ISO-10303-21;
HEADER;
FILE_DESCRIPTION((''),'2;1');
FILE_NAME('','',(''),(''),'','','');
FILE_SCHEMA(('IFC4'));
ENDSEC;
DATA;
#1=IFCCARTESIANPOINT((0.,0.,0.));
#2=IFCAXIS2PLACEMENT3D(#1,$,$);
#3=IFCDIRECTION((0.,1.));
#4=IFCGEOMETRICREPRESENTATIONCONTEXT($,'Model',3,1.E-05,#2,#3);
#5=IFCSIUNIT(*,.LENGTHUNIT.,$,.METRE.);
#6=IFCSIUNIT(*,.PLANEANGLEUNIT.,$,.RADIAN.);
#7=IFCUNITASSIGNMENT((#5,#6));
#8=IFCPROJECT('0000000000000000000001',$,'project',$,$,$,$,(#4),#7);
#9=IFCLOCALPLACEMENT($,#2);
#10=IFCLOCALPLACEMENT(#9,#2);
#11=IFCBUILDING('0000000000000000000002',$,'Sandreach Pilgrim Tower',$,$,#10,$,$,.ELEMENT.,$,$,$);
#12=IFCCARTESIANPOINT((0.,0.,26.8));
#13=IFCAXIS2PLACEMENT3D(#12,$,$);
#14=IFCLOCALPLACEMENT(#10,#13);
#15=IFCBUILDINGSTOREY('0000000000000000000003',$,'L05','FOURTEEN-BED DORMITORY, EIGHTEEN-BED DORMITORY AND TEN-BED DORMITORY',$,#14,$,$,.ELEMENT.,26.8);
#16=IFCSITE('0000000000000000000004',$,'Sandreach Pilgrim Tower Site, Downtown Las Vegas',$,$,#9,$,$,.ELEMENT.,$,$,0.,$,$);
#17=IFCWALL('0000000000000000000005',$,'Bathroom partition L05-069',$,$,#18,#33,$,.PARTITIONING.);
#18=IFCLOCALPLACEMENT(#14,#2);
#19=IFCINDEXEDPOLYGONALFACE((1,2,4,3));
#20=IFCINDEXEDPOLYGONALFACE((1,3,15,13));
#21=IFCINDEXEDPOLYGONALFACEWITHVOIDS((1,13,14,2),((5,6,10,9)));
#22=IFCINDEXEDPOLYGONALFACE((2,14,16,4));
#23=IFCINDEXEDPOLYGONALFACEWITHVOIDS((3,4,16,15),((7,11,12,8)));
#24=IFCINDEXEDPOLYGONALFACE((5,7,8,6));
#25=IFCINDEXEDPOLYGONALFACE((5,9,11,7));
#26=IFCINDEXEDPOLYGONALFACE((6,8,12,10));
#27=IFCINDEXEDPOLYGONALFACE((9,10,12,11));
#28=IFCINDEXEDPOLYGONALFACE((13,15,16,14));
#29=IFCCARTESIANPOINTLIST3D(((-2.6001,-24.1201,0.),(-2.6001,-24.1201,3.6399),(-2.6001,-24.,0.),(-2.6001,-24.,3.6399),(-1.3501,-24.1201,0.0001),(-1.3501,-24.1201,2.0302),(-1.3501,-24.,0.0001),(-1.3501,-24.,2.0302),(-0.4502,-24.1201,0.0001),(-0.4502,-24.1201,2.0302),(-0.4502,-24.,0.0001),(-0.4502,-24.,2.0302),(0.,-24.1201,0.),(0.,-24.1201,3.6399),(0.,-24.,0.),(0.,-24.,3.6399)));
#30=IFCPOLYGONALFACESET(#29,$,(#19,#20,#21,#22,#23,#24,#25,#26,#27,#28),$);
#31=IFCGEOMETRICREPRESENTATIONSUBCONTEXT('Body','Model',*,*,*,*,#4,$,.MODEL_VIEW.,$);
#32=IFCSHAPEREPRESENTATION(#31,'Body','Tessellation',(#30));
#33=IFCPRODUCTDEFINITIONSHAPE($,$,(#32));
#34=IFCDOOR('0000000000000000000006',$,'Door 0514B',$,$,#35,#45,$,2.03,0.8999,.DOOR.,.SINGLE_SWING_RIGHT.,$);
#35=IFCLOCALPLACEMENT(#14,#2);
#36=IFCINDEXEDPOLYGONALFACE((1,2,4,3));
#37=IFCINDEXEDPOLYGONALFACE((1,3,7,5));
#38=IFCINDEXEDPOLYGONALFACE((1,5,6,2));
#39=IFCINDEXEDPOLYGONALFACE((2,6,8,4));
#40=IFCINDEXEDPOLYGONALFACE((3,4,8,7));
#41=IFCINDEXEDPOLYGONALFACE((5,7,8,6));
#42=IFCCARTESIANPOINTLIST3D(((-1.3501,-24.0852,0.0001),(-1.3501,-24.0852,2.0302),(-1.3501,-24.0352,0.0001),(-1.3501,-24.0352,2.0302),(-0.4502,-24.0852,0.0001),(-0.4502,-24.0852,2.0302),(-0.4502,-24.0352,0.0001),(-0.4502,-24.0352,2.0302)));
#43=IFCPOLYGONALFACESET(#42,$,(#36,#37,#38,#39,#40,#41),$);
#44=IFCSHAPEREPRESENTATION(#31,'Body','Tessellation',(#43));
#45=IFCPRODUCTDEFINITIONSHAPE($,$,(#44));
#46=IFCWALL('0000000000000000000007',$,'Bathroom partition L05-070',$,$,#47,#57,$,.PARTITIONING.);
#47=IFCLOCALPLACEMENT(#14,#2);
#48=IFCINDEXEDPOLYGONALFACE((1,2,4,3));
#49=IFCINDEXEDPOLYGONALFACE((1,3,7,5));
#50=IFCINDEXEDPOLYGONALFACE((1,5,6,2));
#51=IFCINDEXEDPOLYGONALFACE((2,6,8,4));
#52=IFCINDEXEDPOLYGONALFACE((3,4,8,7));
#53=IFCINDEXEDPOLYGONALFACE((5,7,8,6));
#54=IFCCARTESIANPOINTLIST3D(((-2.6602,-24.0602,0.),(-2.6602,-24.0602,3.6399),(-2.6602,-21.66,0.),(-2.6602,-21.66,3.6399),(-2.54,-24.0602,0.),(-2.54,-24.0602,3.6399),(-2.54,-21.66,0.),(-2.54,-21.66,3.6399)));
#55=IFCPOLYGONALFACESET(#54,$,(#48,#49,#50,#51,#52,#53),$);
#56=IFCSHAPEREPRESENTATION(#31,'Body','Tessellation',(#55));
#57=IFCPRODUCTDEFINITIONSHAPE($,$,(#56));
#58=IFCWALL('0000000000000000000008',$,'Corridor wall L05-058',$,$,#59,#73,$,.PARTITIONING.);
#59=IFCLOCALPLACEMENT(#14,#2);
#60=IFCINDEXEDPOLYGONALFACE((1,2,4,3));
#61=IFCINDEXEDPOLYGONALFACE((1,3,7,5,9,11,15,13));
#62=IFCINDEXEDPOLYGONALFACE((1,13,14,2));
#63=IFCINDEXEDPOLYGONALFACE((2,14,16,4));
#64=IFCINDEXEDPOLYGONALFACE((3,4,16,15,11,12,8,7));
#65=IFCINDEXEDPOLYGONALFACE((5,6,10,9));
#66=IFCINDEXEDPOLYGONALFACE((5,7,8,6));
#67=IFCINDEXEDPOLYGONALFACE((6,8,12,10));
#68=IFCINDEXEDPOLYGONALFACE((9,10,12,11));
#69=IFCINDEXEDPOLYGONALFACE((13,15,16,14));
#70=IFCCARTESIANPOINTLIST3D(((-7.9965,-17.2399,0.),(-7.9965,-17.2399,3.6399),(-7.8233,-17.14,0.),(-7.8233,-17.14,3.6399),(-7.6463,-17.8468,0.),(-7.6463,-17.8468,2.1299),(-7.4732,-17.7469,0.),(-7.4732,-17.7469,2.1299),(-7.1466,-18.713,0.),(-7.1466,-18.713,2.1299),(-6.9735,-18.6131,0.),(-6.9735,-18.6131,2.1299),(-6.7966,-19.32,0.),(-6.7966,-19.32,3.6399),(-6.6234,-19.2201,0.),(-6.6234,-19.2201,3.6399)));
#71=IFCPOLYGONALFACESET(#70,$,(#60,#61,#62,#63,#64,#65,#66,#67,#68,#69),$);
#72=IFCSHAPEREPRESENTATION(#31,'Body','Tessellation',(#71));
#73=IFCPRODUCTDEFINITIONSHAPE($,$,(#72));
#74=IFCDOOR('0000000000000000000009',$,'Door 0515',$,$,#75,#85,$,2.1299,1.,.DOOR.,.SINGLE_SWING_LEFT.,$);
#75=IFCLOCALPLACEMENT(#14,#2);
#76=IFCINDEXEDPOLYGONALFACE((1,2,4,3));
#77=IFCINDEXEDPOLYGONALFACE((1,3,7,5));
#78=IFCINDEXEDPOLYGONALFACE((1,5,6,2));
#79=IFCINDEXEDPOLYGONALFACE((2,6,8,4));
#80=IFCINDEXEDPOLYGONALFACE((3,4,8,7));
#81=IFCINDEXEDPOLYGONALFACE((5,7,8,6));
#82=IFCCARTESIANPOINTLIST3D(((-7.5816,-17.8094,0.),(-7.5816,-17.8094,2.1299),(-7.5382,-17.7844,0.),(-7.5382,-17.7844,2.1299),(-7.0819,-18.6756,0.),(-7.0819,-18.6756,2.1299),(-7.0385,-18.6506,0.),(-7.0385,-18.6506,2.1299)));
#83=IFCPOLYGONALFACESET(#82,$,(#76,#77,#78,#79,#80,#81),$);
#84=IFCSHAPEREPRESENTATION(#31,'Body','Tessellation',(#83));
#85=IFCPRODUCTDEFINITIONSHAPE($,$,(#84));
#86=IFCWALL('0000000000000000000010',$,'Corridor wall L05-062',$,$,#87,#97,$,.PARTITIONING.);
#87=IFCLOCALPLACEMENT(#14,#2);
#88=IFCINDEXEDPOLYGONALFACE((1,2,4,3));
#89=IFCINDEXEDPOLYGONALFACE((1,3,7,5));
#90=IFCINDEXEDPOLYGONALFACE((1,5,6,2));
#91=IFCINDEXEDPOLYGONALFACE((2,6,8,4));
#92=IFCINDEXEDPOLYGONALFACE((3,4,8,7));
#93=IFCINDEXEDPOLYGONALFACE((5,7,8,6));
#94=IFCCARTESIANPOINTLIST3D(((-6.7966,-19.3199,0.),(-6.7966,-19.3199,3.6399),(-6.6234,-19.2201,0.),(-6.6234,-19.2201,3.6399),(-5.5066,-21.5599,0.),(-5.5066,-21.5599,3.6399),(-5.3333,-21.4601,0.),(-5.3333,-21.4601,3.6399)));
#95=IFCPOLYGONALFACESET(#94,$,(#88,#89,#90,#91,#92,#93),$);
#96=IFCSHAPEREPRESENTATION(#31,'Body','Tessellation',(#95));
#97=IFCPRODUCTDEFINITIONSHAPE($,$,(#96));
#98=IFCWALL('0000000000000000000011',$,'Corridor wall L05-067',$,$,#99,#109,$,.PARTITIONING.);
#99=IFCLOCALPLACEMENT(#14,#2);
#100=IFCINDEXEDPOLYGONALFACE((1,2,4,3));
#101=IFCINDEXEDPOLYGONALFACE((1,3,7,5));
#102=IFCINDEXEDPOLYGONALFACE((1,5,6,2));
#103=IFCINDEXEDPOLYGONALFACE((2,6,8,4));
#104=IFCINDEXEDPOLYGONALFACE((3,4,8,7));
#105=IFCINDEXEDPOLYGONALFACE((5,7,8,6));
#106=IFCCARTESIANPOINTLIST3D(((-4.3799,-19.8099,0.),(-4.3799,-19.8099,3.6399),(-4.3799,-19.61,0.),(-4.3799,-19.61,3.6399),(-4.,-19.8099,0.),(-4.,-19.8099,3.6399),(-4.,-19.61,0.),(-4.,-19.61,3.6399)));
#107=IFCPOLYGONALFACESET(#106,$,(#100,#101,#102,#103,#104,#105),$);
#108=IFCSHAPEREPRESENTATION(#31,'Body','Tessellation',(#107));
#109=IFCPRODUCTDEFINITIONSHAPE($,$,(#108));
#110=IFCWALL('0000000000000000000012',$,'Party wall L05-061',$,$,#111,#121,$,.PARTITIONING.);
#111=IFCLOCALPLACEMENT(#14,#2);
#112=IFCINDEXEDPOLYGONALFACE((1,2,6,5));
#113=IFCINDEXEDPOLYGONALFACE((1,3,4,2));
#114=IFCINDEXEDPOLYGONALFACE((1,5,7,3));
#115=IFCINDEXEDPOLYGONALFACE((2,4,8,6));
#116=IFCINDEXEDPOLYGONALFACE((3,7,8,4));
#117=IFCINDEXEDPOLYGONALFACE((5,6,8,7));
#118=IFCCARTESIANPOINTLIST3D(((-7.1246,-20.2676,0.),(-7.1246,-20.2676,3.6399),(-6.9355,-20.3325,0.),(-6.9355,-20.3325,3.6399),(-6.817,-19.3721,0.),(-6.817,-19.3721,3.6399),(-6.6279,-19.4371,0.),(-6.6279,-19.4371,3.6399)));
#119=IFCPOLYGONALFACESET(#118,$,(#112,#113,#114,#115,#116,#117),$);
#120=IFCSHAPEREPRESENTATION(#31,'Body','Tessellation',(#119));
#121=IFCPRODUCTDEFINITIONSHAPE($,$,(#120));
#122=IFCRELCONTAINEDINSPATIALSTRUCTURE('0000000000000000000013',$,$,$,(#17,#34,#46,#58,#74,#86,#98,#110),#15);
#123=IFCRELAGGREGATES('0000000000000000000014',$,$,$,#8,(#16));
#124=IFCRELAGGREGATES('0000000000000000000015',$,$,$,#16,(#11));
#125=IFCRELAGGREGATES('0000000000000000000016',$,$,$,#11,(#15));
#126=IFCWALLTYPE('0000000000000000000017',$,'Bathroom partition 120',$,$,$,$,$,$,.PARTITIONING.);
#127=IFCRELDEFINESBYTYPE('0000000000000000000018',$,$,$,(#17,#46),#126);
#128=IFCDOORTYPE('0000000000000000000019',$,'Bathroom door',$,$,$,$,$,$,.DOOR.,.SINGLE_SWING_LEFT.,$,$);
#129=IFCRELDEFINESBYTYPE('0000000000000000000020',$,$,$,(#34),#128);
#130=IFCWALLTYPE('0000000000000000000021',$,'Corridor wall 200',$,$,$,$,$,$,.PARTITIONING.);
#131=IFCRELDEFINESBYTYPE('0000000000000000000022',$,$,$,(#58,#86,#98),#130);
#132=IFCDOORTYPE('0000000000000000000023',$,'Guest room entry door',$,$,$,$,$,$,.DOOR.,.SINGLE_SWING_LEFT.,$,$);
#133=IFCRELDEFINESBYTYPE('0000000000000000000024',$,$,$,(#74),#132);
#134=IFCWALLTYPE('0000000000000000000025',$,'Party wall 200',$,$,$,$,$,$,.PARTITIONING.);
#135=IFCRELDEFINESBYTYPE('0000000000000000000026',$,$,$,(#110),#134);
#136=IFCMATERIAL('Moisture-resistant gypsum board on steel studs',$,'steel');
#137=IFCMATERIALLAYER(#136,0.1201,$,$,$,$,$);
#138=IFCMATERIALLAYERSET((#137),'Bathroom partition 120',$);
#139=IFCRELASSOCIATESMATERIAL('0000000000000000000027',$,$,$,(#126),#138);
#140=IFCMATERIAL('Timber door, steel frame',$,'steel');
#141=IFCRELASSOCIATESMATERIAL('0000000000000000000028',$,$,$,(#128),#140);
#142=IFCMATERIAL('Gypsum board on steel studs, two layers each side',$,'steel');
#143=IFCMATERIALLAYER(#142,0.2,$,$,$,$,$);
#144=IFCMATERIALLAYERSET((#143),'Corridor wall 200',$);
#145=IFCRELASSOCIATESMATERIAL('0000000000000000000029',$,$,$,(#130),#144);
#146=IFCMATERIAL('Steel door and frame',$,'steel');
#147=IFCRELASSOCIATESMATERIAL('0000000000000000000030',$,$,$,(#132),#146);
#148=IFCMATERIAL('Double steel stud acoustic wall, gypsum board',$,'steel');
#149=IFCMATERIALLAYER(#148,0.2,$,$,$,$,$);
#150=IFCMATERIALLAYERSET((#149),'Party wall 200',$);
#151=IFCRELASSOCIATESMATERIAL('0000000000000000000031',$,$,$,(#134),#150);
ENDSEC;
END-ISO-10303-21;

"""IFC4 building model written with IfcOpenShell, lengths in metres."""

from ifc_helpers import new_model, si_unit, direction, frame, frame_2d, origin, place, context, subcontext, project, spatial, rectangle, extrude, material, layer, layer_set, type_object, element, fill, save


model = new_model("IFC4")

# Units and contexts
model_context = context("Model", 3, precision=1e-05, world=origin(), true_north=direction((0.0, 1.0)))
body_context = subcontext(model_context, "Body", "Model", "MODEL_VIEW")
ifc_project = project(units=[si_unit("LENGTHUNIT", "METRE"), si_unit("PLANEANGLEUNIT", "RADIAN")], contexts=[model_context])

# Site, building, storey
site_placement = place(None, origin())
site = spatial("IfcSite", under=ifc_project, at=site_placement, Name="Sandreach Pilgrim Tower Site, Downtown Las Vegas", CompositionType="ELEMENT", RefElevation=0.0)
building_placement = place(site_placement, origin())
building = spatial("IfcBuilding", under=site, at=building_placement, Name="Sandreach Pilgrim Tower", CompositionType="ELEMENT")
storey_placement = place(building_placement, frame((0.0, 0.0, 26.8)))
storey = spatial("IfcBuildingStorey", under=building, at=storey_placement, Name="L05", Description="FOURTEEN-BED DORMITORY, EIGHTEEN-BED DORMITORY AND TEN-BED DORMITORY", CompositionType="ELEMENT", Elevation=26.8)

# Shared definitions
ifc_material_1 = material(Name="Moisture-resistant gypsum board on steel studs", Category="steel")
ifc_layer_1 = layer(ifc_material_1, 0.1201)
ifc_layer_set_1 = layer_set([ifc_layer_1], Name="Bathroom partition 120")
wall_type_1 = type_object("IfcWallType", Name="Bathroom partition 120", PredefinedType="PARTITIONING", material=ifc_layer_set_1)

# Wall, opening, door
ifc_material_2 = material(Name="Timber door, steel frame", Category="steel")
door_type_1 = type_object("IfcDoorType", Name="Bathroom door", OperationType="SINGLE_SWING_LEFT", PredefinedType="DOOR", material=ifc_material_2)
wall_1_placement = place(storey_placement, frame((-2.6001, -24.0601, 0.0), z_axis=(0.0, 0.0, 1.0), x_axis=(1.0, 0.0, 0.0)))
wall_1 = element("IfcWall", 1, at=wall_1_placement, inside=storey, type_object=wall_type_1, Name="Bathroom partition L05-069", PredefinedType="PARTITIONING", context=body_context, shape_type="SweptSolid", body=[
    extrude(rectangle(XDim=2.6001, YDim=0.1201, at=frame_2d((1.3, 0.0))), origin(), (0.0, 0.0, 1.0), 3.6399),
])
opening_1_placement = place(wall_1_placement, frame((1.25, 0.0, 0.0)))
opening_1 = element("IfcOpeningElement", 2, at=opening_1_placement, cuts=wall_1, PredefinedType="OPENING", context=body_context, shape_type="SweptSolid", body=[
    extrude(rectangle(XDim=0.8999, YDim=2.03, at=frame_2d((0.45, 1.0151))), frame((0.0, 0.0601, 0.0), z_axis=(0.0, -1.0, 0.0), x_axis=(1.0, 0.0, 0.0)), (0.0, 0.0, 1.0), 0.1201),
])
door_1_placement = place(opening_1_placement, origin())
door_1 = element("IfcDoor", 3, at=door_1_placement, inside=storey, type_object=door_type_1, Name="Door 0514B", OperationType="SINGLE_SWING_RIGHT", OverallHeight=2.03, OverallWidth=0.8999, PredefinedType="DOOR", context=body_context, shape_type="SweptSolid", body=[
    extrude(rectangle(XDim=0.8999, YDim=2.03, at=frame_2d((0.45, 1.0151))), frame((0.0, 0.0249, 0.0), z_axis=(0.0, -1.0, 0.0), x_axis=(1.0, 0.0, 0.0)), (0.0, 0.0, 1.0), 0.05),
])
fill(opening_1, door_1)

# Wall
wall_2_placement = place(storey_placement, frame((-2.6001, -21.6599, 0.0), z_axis=(0.0, 0.0, 1.0), x_axis=(0.0, -1.0, 0.0)))
element("IfcWall", 4, at=wall_2_placement, inside=storey, type_object=wall_type_1, Name="Bathroom partition L05-070", PredefinedType="PARTITIONING", context=body_context, shape_type="SweptSolid", body=[
    extrude(rectangle(XDim=2.4001, YDim=0.1201, at=frame_2d((1.2002, 0.0))), origin(), (0.0, 0.0, 1.0), 3.6399),
])

# Wall, opening, door
ifc_material_3 = material(Name="Gypsum board on steel studs, two layers each side", Category="steel")
ifc_layer_2 = layer(ifc_material_3, 0.2)
ifc_layer_set_2 = layer_set([ifc_layer_2], Name="Corridor wall 200")
wall_type_2 = type_object("IfcWallType", Name="Corridor wall 200", PredefinedType="PARTITIONING", material=ifc_layer_set_2)
wall_3_placement = place(storey_placement, frame((-7.9099, -17.1899, 0.0), z_axis=(0.0, 0.0, 1.0), x_axis=(0.499693, -0.866203, 0.0)))
wall_3 = element("IfcWall", 5, at=wall_3_placement, inside=storey, type_object=wall_type_2, Name="Corridor wall L05-058", PredefinedType="PARTITIONING", context=body_context, shape_type="SweptSolid", body=[
    extrude(rectangle(XDim=2.4014, YDim=0.2, at=frame_2d((1.2007, 0.0))), origin(), (0.0, 0.0, 1.0), 3.6399),
])
opening_2_placement = place(wall_3_placement, frame((0.7007, 0.0, 0.0)))
opening_2 = element("IfcOpeningElement", 6, at=opening_2_placement, cuts=wall_3, PredefinedType="OPENING", context=body_context, shape_type="SweptSolid", body=[
    extrude(rectangle(XDim=1.0, YDim=2.1299, at=frame_2d((0.5, 1.0649))), frame((0.0, 0.1001, 0.0), z_axis=(0.0, -1.0, 0.0), x_axis=(1.0, 0.0, 0.0)), (0.0, 0.0, 1.0), 0.2),
])
ifc_material_4 = material(Name="Steel door and frame", Category="steel")
door_type_2 = type_object("IfcDoorType", Name="Guest room entry door", OperationType="SINGLE_SWING_LEFT", PredefinedType="DOOR", material=ifc_material_4)
door_2_placement = place(opening_2_placement, origin())
door_2 = element("IfcDoor", 7, at=door_2_placement, inside=storey, type_object=door_type_2, Name="Door 0515", OperationType="SINGLE_SWING_LEFT", OverallHeight=2.1299, OverallWidth=1.0, PredefinedType="DOOR", context=body_context, shape_type="SweptSolid", body=[
    extrude(rectangle(XDim=1.0, YDim=2.1299, at=frame_2d((0.5, 1.0649))), frame((0.0, 0.0249, 0.0), z_axis=(0.0, -1.0, 0.0), x_axis=(1.0, 0.0, 0.0)), (0.0, 0.0, 1.0), 0.05),
])
fill(opening_2, door_2)

# Wall
wall_4_placement = place(storey_placement, frame((-5.4199, -21.51, 0.0), z_axis=(0.0, 0.0, 1.0), x_axis=(-0.499065, 0.866564, 0.0)))
element("IfcWall", 8, at=wall_4_placement, inside=storey, type_object=wall_type_2, Name="Corridor wall L05-062", PredefinedType="PARTITIONING", context=body_context, shape_type="SweptSolid", body=[
    extrude(rectangle(XDim=2.585, YDim=0.2, at=frame_2d((1.2925, 0.0))), origin(), (0.0, 0.0, 1.0), 3.6399),
])

# Walls
wall_5_placement = place(storey_placement, frame((-4.0, -19.71, 0.0), z_axis=(0.0, 0.0, 1.0), x_axis=(-1.0, 0.0, 0.0)))
element("IfcWall", 9, at=wall_5_placement, inside=storey, type_object=wall_type_2, Name="Corridor wall L05-067", PredefinedType="PARTITIONING", context=body_context, shape_type="SweptSolid", body=[
    extrude(rectangle(XDim=0.3799, YDim=0.2, at=frame_2d((0.1899, 0.0))), origin(), (0.0, 0.0, 1.0), 3.6399),
])
ifc_material_5 = material(Name="Double steel stud acoustic wall, gypsum board", Category="steel")
ifc_layer_3 = layer(ifc_material_5, 0.2)
ifc_layer_set_3 = layer_set([ifc_layer_3], Name="Party wall 200")
wall_type_3 = type_object("IfcWallType", Name="Party wall 200", PredefinedType="PARTITIONING", material=ifc_layer_set_3)
wall_6_placement = place(storey_placement, frame((-7.03, -20.3, 0.0), z_axis=(0.0, 0.0, 1.0), x_axis=(0.324878, 0.945756, 0.0)))
element("IfcWall", 10, at=wall_6_placement, inside=storey, type_object=wall_type_3, Name="Party wall L05-061", PredefinedType="PARTITIONING", context=body_context, shape_type="SweptSolid", body=[
    extrude(rectangle(XDim=0.9468, YDim=0.2, at=frame_2d((0.4734, 0.0))), origin(), (0.0, 0.0, 1.0), 3.6399),
])

save(model, "model.ifc")
